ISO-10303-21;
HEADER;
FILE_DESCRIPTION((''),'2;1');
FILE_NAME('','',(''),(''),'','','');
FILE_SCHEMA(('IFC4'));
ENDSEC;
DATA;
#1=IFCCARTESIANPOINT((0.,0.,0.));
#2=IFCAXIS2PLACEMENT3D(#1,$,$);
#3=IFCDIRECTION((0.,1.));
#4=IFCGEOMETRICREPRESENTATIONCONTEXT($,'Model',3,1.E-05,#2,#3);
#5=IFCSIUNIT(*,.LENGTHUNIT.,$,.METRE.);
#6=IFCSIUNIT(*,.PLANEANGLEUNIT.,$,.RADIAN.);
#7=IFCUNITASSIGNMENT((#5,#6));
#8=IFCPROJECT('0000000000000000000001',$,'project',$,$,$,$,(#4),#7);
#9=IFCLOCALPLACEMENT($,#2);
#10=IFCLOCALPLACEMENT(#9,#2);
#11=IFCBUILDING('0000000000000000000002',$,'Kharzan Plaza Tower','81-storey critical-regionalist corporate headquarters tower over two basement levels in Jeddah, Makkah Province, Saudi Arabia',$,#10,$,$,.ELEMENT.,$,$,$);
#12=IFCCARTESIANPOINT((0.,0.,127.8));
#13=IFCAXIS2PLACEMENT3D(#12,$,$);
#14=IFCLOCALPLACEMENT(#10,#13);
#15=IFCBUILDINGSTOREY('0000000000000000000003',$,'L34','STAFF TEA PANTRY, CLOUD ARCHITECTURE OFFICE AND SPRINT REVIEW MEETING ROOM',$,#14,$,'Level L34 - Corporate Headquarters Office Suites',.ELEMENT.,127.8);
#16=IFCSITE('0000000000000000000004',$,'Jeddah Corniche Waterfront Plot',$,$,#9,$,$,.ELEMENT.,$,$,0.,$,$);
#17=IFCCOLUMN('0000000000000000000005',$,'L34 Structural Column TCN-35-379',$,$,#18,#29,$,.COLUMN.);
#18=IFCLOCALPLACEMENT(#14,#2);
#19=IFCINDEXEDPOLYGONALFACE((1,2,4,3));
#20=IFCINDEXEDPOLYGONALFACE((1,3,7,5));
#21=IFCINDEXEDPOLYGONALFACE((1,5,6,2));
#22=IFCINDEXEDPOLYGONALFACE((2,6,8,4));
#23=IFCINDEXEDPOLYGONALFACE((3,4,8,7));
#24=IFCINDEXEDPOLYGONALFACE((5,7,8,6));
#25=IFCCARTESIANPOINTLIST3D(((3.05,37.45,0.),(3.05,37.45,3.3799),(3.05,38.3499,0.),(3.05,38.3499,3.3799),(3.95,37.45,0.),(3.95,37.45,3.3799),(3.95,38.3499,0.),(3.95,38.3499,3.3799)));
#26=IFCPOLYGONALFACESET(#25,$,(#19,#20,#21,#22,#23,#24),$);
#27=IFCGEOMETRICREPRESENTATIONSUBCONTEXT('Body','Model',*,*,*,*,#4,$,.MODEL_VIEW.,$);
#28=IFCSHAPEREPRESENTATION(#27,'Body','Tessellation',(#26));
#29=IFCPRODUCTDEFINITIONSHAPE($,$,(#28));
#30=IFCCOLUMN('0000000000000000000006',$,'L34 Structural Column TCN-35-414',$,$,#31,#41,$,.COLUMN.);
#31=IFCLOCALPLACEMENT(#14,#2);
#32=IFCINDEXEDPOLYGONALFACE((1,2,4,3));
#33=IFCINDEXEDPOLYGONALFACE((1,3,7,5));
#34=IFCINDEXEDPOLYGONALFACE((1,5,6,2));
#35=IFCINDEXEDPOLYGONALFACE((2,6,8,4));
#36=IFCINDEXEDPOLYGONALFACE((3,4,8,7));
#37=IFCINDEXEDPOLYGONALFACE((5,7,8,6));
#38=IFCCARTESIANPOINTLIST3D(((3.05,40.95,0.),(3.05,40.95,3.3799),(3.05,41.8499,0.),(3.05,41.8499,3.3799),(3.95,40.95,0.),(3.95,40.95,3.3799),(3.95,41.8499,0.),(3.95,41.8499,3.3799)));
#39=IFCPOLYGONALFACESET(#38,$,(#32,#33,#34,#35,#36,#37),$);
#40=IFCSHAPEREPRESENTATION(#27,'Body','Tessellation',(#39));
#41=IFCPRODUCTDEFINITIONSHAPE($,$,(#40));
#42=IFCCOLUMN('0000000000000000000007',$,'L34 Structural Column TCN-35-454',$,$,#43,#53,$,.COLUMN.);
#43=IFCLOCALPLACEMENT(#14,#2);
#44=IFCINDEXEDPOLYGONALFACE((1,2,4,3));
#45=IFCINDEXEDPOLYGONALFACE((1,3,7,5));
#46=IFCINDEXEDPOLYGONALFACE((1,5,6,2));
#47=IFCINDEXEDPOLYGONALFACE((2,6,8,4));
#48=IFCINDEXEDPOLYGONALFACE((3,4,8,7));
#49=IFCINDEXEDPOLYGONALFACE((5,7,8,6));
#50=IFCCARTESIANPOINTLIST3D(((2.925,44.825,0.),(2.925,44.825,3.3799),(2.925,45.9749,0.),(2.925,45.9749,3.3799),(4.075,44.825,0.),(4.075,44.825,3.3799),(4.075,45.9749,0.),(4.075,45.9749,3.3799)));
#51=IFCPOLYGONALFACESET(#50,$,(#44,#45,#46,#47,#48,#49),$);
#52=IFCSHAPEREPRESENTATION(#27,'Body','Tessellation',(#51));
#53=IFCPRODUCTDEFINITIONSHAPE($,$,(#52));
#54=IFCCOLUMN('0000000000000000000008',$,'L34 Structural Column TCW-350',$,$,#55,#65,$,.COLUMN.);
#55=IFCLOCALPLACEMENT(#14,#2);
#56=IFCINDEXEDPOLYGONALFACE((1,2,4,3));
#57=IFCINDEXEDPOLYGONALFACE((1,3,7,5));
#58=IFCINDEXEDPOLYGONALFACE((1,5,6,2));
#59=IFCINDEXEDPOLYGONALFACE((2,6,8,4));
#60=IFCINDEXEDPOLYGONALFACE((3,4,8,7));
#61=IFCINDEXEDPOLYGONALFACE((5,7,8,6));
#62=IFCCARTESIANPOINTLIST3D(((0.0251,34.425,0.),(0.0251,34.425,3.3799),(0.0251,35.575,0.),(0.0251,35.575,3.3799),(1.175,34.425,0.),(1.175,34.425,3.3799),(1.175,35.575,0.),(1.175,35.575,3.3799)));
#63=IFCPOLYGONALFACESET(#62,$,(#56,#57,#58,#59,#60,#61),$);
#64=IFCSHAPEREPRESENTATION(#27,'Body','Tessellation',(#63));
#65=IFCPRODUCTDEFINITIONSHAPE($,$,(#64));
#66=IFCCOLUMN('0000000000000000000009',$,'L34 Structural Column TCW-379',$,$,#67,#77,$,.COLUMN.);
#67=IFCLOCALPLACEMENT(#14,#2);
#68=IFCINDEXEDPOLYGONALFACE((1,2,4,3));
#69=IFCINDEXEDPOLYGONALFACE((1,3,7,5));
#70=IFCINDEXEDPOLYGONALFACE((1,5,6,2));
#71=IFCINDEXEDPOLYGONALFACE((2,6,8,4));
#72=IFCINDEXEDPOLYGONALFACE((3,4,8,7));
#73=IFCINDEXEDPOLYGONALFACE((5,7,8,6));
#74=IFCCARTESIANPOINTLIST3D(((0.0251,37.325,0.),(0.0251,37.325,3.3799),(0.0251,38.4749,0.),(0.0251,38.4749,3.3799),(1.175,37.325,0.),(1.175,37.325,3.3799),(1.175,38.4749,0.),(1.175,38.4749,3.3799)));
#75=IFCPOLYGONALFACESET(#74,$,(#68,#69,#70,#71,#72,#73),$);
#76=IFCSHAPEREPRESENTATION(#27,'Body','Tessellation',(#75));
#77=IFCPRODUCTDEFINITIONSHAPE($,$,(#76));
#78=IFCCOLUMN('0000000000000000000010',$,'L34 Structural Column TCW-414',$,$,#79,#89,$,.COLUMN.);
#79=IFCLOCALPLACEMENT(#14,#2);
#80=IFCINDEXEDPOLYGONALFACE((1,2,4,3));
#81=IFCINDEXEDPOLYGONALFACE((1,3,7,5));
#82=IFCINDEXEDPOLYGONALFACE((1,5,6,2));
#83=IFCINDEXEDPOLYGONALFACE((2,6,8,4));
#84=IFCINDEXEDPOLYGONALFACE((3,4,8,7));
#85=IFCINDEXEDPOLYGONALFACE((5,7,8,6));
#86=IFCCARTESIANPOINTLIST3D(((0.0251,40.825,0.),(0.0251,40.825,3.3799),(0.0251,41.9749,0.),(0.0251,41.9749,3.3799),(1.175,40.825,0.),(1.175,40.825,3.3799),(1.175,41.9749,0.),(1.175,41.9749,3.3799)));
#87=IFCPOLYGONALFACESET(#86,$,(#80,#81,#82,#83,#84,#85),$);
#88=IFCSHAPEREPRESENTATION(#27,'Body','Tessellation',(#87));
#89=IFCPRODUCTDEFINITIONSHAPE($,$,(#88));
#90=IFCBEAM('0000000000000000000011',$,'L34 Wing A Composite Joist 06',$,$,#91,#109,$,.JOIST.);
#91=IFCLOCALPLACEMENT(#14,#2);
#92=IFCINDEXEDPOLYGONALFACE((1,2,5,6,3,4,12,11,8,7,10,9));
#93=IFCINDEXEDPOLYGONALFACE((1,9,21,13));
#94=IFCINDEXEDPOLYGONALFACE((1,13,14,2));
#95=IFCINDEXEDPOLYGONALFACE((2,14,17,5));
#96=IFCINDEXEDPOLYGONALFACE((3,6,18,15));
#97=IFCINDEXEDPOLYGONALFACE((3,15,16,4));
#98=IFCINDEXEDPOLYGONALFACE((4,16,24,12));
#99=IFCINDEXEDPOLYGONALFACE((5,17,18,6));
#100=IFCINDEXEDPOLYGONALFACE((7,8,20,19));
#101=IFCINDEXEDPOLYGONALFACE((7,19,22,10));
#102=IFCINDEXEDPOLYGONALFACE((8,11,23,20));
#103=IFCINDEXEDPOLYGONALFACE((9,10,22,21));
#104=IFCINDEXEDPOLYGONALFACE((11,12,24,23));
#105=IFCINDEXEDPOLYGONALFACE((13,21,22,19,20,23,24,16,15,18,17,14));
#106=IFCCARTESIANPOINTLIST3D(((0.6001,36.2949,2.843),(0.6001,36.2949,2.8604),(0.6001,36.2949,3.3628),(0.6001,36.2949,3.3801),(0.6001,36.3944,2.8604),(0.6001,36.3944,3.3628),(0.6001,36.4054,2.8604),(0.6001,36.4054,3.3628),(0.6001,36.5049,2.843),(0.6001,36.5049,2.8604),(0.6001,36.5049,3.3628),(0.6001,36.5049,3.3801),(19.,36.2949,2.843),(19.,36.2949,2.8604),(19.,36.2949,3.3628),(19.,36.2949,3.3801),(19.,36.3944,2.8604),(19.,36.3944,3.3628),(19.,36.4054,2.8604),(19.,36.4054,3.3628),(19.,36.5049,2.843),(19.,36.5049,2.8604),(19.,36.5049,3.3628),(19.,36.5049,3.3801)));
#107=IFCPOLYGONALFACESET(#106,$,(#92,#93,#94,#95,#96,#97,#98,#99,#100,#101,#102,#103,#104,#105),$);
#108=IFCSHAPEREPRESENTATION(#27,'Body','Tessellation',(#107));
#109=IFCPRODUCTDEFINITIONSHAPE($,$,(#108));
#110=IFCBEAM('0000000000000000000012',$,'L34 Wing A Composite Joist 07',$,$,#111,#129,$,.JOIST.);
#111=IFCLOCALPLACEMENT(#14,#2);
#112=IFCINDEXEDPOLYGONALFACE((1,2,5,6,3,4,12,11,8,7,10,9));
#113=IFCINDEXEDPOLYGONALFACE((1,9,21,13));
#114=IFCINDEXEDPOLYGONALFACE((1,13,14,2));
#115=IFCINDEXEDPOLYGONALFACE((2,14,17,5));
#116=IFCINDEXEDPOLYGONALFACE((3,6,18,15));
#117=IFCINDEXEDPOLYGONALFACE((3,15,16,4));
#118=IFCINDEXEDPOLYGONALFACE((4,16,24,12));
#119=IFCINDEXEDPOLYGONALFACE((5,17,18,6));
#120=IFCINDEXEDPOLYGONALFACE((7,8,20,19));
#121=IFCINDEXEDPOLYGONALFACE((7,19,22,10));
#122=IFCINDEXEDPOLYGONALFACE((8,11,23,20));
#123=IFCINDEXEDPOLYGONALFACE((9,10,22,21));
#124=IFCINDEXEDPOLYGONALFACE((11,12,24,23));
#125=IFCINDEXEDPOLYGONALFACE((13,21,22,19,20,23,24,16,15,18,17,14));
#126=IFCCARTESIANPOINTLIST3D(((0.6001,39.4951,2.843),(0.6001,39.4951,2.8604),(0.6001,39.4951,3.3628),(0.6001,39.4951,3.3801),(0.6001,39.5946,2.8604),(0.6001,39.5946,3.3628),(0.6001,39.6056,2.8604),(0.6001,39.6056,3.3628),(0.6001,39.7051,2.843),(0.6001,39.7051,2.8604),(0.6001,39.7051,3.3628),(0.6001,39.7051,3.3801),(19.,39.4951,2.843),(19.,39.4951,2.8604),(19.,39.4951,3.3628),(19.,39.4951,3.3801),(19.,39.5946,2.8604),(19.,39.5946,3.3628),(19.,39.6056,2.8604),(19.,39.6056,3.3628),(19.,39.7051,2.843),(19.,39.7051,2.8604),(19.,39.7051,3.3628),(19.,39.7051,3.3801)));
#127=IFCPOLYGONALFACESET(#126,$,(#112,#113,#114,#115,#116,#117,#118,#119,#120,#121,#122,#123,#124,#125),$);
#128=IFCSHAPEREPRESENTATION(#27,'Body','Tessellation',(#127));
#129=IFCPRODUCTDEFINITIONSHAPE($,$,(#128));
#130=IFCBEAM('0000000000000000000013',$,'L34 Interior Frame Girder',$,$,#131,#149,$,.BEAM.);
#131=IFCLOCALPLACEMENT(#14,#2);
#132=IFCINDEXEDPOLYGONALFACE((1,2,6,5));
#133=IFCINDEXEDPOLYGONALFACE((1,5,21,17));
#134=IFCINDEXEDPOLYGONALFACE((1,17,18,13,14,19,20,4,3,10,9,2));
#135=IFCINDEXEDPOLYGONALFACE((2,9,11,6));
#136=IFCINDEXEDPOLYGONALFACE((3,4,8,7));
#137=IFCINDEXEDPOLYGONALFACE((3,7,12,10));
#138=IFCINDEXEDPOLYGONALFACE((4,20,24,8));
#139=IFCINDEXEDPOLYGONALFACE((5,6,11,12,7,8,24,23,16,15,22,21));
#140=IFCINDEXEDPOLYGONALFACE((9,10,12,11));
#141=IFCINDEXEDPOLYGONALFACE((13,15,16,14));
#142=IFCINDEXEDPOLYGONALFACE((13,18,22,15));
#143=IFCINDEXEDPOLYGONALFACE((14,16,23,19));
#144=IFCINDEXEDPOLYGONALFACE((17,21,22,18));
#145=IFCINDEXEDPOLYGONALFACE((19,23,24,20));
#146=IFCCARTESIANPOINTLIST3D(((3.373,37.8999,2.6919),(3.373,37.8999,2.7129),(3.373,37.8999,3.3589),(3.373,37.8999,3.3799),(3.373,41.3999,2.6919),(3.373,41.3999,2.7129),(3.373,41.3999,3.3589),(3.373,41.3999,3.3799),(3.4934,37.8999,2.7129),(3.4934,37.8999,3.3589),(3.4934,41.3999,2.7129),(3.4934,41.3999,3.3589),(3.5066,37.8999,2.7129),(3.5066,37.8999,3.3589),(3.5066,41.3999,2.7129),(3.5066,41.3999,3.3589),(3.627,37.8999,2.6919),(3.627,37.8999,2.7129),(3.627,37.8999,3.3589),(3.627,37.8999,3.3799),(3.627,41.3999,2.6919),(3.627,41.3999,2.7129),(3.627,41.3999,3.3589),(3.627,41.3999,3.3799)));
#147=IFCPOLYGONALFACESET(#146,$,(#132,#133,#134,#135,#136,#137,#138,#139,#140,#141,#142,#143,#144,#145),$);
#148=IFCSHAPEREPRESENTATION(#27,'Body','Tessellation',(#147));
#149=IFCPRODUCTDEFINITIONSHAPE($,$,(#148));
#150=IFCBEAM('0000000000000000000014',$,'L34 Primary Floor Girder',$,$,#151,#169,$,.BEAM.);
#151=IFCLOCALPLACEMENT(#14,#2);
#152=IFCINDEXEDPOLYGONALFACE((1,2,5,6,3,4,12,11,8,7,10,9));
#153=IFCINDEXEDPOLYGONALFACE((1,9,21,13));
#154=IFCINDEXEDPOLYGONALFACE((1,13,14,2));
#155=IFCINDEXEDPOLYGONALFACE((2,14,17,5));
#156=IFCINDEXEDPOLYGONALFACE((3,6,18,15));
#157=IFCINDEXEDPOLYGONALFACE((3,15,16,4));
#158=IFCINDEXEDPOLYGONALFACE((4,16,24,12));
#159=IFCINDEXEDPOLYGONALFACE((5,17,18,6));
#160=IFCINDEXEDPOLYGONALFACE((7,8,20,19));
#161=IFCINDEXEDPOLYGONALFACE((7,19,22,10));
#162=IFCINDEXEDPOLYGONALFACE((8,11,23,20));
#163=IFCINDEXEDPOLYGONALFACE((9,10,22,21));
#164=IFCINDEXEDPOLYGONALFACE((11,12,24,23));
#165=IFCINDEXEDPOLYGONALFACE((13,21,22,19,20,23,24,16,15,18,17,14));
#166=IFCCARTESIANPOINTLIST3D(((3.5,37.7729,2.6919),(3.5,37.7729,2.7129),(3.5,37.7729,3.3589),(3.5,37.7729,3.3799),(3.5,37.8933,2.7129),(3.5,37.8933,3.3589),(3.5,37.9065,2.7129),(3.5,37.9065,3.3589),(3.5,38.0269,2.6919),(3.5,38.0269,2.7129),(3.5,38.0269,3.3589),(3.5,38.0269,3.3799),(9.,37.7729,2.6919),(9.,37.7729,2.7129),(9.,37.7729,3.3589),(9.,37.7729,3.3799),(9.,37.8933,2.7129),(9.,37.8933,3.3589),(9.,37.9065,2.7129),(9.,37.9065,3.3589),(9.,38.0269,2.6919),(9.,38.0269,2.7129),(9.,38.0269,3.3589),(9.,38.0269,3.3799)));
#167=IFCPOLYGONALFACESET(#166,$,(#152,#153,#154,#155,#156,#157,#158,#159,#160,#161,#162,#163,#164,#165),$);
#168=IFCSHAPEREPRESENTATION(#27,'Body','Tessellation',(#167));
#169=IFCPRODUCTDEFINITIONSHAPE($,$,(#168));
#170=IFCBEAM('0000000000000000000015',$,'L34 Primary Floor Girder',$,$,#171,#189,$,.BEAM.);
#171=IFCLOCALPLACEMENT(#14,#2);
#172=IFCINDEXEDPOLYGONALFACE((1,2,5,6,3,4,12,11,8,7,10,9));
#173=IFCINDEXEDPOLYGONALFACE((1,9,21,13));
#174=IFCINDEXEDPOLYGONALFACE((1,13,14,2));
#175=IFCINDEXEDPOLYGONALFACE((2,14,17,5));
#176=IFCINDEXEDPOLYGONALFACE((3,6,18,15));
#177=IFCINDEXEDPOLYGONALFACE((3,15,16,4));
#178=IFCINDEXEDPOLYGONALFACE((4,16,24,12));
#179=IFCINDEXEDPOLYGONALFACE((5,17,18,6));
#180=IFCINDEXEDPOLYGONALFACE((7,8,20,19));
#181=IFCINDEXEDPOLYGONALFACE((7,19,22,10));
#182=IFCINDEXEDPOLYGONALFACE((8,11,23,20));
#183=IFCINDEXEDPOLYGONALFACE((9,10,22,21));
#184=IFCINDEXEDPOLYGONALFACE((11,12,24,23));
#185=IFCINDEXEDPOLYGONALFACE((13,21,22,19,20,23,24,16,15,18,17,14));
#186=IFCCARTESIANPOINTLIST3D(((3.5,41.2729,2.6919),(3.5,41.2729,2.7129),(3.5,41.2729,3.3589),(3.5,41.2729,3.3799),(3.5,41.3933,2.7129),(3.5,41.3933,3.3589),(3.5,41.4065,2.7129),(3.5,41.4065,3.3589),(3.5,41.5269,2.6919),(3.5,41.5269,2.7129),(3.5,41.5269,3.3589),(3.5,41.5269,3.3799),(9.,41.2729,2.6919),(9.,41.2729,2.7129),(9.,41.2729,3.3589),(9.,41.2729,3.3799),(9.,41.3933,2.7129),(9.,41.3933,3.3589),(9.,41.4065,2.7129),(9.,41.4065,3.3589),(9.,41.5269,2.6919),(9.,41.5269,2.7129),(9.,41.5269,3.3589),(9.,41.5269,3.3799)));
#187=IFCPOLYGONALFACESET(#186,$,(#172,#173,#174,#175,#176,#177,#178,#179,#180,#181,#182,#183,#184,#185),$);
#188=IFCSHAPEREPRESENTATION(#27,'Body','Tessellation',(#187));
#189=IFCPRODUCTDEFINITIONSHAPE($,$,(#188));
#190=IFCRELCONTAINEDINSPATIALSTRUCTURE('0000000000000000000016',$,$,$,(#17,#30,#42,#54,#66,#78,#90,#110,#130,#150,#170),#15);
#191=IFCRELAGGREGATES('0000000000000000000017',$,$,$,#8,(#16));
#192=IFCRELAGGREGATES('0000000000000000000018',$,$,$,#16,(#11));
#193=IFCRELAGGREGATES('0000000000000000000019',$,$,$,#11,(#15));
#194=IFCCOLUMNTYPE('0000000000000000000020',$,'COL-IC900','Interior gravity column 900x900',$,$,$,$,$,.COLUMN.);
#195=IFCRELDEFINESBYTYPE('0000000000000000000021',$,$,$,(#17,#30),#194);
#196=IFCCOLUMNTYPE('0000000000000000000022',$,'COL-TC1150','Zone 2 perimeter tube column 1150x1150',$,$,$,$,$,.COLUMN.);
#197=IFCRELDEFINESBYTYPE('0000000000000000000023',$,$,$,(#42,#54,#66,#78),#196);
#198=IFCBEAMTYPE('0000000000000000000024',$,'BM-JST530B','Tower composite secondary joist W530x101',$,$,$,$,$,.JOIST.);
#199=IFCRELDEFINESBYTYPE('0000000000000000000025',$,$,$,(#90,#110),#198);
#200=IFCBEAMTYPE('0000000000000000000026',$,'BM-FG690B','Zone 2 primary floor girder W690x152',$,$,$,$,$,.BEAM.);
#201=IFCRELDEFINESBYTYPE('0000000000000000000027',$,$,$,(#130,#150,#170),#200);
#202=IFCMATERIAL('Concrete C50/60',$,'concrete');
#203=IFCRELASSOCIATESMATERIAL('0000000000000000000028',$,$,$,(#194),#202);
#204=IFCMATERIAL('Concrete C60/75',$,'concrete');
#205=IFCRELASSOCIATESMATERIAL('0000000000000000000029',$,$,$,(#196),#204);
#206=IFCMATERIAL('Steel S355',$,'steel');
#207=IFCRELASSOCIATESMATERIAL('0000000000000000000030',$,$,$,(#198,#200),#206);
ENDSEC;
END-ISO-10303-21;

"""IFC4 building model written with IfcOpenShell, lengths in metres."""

from ifc_helpers import new_model, si_unit, direction, frame, origin, origin_2d, place, context, subcontext, project, spatial, rectangle, i_section, extrude, source, transform, mapped, material, material_profile, profile_set, type_object, element, save


model = new_model("IFC4")

# Units and contexts
model_context = context("Model", 3, precision=1e-05, world=origin(), true_north=direction((0.0, 1.0)))
body_context = subcontext(model_context, "Body", "Model", "MODEL_VIEW")
ifc_project = project(units=[si_unit("LENGTHUNIT", "METRE"), si_unit("PLANEANGLEUNIT", "RADIAN")], contexts=[model_context])

# Site, building, storey
site_placement = place(None, origin())
site = spatial("IfcSite", under=ifc_project, at=site_placement, Name="Jeddah Corniche Waterfront Plot", CompositionType="ELEMENT", RefElevation=0.0)
building_placement = place(site_placement, origin())
building = spatial("IfcBuilding", under=site, at=building_placement, Name="Kharzan Plaza Tower", Description="81-storey critical-regionalist corporate headquarters tower over two basement levels in Jeddah, Makkah Province, Saudi Arabia", CompositionType="ELEMENT")
storey_placement = place(building_placement, frame((0.0, 0.0, 127.8)))
storey = spatial("IfcBuildingStorey", under=building, at=storey_placement, Name="L34", Description="STAFF TEA PANTRY, CLOUD ARCHITECTURE OFFICE AND SPRINT REVIEW MEETING ROOM", LongName="Level L34 - Corporate Headquarters Office Suites", CompositionType="ELEMENT", Elevation=127.8)

# Columns
ifc_material_1 = material(Name="Concrete C50/60", Category="concrete")
ifc_material_profile_1 = material_profile(ifc_material_1, rectangle(XDim=0.8999, YDim=0.8999, at=origin_2d()), Name="RC-IC900x900")
ifc_profile_set_1 = profile_set([ifc_material_profile_1], Name="Concrete C50/60")
column_type_1 = type_object("IfcColumnType", Name="COL-IC900", Description="Interior gravity column 900x900", PredefinedType="COLUMN", material=ifc_profile_set_1)
shared_shape_1 = source(origin(), body_context, "Body", "SweptSolid", [
    extrude(rectangle(XDim=0.8999, YDim=0.8999, at=origin_2d()), origin(), (0.0, 0.0, 1.0), 3.3799),
])
for number, where, z_axis, x_axis, name in (
    (1, (3.5, 37.8999, 0.0), (0.0, 0.0, 1.0), (1.0, 0.0, 0.0), "L34 Structural Column TCN-35-379"),
    (2, (3.5, 41.3999, 0.0), (0.0, 0.0, 1.0), (1.0, 0.0, 0.0), "L34 Structural Column TCN-35-414"),
):
    element("IfcColumn", number, at=place(storey_placement, frame(where, z_axis=z_axis, x_axis=x_axis)), inside=storey, type_object=column_type_1, Name=name, PredefinedType="COLUMN", context=body_context, shape_type="MappedRepresentation", body=[
        mapped(shared_shape_1, transform((0.0, 0.0, 0.0), x_axis=(1.0, 0.0, 0.0), y_axis=(0.0, 1.0, 0.0), z_axis=(0.0, 0.0, 1.0))),
    ])
ifc_material_2 = material(Name="Concrete C60/75", Category="concrete")
ifc_material_profile_2 = material_profile(ifc_material_2, rectangle(XDim=1.1499, YDim=1.1499, at=origin_2d()), Name="RC-TC1150x1150")
ifc_profile_set_2 = profile_set([ifc_material_profile_2], Name="Concrete C60/75")
column_type_2 = type_object("IfcColumnType", Name="COL-TC1150", Description="Zone 2 perimeter tube column 1150x1150", PredefinedType="COLUMN", material=ifc_profile_set_2)
shared_shape_2 = source(origin(), body_context, "Body", "SweptSolid", [
    extrude(rectangle(XDim=1.1499, YDim=1.1499, at=origin_2d()), origin(), (0.0, 0.0, 1.0), 3.3799),
])
for number, where, z_axis, x_axis, name in (
    (3, (3.5, 45.3999, 0.0), (0.0, 0.0, 1.0), (1.0, 0.0, 0.0), "L34 Structural Column TCN-35-454"),
    (4, (0.6001, 35.0, 0.0), (0.0, 0.0, 1.0), (1.0, 0.0, 0.0), "L34 Structural Column TCW-350"),
    (5, (0.6001, 37.8999, 0.0), (0.0, 0.0, 1.0), (1.0, 0.0, 0.0), "L34 Structural Column TCW-379"),
    (6, (0.6001, 41.3999, 0.0), (0.0, 0.0, 1.0), (1.0, 0.0, 0.0), "L34 Structural Column TCW-414"),
):
    element("IfcColumn", number, at=place(storey_placement, frame(where, z_axis=z_axis, x_axis=x_axis)), inside=storey, type_object=column_type_2, Name=name, PredefinedType="COLUMN", context=body_context, shape_type="MappedRepresentation", body=[
        mapped(shared_shape_2, transform((0.0, 0.0, 0.0), x_axis=(1.0, 0.0, 0.0), y_axis=(0.0, 1.0, 0.0), z_axis=(0.0, 0.0, 1.0))),
    ])

# Beams
ifc_material_3 = material(Name="Steel S355", Category="steel")
ifc_material_profile_3 = material_profile(ifc_material_3, i_section(OverallWidth=0.21, OverallDepth=0.5371, WebThickness=0.011, FlangeThickness=0.0173, at=origin_2d()), Name="W530x101")
ifc_profile_set_3 = profile_set([ifc_material_profile_3], Name="Steel S355")
beam_type_1 = type_object("IfcBeamType", Name="BM-JST530B", Description="Tower composite secondary joist W530x101", PredefinedType="JOIST", material=ifc_profile_set_3)
shared_shape_3 = source(origin(), body_context, "Body", "SweptSolid", [
    extrude(i_section(OverallWidth=0.21, OverallDepth=0.5371, WebThickness=0.011, FlangeThickness=0.0173, at=origin_2d()), origin(), (0.0, 0.0, 1.0), 18.3999),
])
for number, where, z_axis, x_axis, name in (
    (7, (0.6001, 36.3999, 3.1116), (1.0, 0.0, 0.0), (0.0, 1.0, 0.0), "L34 Wing A Composite Joist 06"),
    (8, (0.6001, 39.6001, 3.1116), (1.0, 0.0, 0.0), (0.0, 1.0, 0.0), "L34 Wing A Composite Joist 07"),
):
    element("IfcBeam", number, at=place(storey_placement, frame(where, z_axis=z_axis, x_axis=x_axis)), inside=storey, type_object=beam_type_1, Name=name, PredefinedType="JOIST", context=body_context, shape_type="MappedRepresentation", body=[
        mapped(shared_shape_3, transform((0.0, 0.0, 0.0), x_axis=(1.0, 0.0, 0.0), y_axis=(0.0, 1.0, 0.0), z_axis=(0.0, 0.0, 1.0))),
    ])
ifc_material_profile_4 = material_profile(ifc_material_3, i_section(OverallWidth=0.2539, OverallDepth=0.688, WebThickness=0.0132, FlangeThickness=0.021, at=origin_2d()), Name="W690x152")
ifc_profile_set_4 = profile_set([ifc_material_profile_4], Name="Steel S355")
beam_type_2 = type_object("IfcBeamType", Name="BM-FG690B", Description="Zone 2 primary floor girder W690x152", PredefinedType="BEAM", material=ifc_profile_set_4)
shared_shape_4 = source(origin(), body_context, "Body", "SweptSolid", [
    extrude(i_section(OverallWidth=0.2539, OverallDepth=0.688, WebThickness=0.0132, FlangeThickness=0.021, at=origin_2d()), origin(), (0.0, 0.0, 1.0), 3.5),
])
beam_1_placement = place(storey_placement, frame((3.5, 37.8999, 3.0359), z_axis=(0.0, 1.0, 0.0), x_axis=(-1.0, 0.0, 0.0)))
element("IfcBeam", 9, at=beam_1_placement, inside=storey, type_object=beam_type_2, Name="L34 Interior Frame Girder", PredefinedType="BEAM", context=body_context, shape_type="MappedRepresentation", body=[
    mapped(shared_shape_4, transform((0.0, 0.0, 0.0), x_axis=(1.0, 0.0, 0.0), y_axis=(0.0, 1.0, 0.0), z_axis=(0.0, 0.0, 1.0))),
])
shared_shape_5 = source(origin(), body_context, "Body", "SweptSolid", [
    extrude(i_section(OverallWidth=0.2539, OverallDepth=0.688, WebThickness=0.0132, FlangeThickness=0.021, at=origin_2d()), origin(), (0.0, 0.0, 1.0), 5.5),
])
for number, where, z_axis, x_axis, name in (
    (10, (3.5, 37.8999, 3.0359), (1.0, 0.0, 0.0), (0.0, 1.0, 0.0), "L34 Primary Floor Girder"),
    (11, (3.5, 41.3999, 3.0359), (1.0, 0.0, 0.0), (0.0, 1.0, 0.0), "L34 Primary Floor Girder"),
):
    element("IfcBeam", number, at=place(storey_placement, frame(where, z_axis=z_axis, x_axis=x_axis)), inside=storey, type_object=beam_type_2, Name=name, PredefinedType="BEAM", context=body_context, shape_type="MappedRepresentation", body=[
        mapped(shared_shape_5, transform((0.0, 0.0, 0.0), x_axis=(1.0, 0.0, 0.0), y_axis=(0.0, 1.0, 0.0), z_axis=(0.0, 0.0, 1.0))),
    ])

save(model, "model.ifc")
